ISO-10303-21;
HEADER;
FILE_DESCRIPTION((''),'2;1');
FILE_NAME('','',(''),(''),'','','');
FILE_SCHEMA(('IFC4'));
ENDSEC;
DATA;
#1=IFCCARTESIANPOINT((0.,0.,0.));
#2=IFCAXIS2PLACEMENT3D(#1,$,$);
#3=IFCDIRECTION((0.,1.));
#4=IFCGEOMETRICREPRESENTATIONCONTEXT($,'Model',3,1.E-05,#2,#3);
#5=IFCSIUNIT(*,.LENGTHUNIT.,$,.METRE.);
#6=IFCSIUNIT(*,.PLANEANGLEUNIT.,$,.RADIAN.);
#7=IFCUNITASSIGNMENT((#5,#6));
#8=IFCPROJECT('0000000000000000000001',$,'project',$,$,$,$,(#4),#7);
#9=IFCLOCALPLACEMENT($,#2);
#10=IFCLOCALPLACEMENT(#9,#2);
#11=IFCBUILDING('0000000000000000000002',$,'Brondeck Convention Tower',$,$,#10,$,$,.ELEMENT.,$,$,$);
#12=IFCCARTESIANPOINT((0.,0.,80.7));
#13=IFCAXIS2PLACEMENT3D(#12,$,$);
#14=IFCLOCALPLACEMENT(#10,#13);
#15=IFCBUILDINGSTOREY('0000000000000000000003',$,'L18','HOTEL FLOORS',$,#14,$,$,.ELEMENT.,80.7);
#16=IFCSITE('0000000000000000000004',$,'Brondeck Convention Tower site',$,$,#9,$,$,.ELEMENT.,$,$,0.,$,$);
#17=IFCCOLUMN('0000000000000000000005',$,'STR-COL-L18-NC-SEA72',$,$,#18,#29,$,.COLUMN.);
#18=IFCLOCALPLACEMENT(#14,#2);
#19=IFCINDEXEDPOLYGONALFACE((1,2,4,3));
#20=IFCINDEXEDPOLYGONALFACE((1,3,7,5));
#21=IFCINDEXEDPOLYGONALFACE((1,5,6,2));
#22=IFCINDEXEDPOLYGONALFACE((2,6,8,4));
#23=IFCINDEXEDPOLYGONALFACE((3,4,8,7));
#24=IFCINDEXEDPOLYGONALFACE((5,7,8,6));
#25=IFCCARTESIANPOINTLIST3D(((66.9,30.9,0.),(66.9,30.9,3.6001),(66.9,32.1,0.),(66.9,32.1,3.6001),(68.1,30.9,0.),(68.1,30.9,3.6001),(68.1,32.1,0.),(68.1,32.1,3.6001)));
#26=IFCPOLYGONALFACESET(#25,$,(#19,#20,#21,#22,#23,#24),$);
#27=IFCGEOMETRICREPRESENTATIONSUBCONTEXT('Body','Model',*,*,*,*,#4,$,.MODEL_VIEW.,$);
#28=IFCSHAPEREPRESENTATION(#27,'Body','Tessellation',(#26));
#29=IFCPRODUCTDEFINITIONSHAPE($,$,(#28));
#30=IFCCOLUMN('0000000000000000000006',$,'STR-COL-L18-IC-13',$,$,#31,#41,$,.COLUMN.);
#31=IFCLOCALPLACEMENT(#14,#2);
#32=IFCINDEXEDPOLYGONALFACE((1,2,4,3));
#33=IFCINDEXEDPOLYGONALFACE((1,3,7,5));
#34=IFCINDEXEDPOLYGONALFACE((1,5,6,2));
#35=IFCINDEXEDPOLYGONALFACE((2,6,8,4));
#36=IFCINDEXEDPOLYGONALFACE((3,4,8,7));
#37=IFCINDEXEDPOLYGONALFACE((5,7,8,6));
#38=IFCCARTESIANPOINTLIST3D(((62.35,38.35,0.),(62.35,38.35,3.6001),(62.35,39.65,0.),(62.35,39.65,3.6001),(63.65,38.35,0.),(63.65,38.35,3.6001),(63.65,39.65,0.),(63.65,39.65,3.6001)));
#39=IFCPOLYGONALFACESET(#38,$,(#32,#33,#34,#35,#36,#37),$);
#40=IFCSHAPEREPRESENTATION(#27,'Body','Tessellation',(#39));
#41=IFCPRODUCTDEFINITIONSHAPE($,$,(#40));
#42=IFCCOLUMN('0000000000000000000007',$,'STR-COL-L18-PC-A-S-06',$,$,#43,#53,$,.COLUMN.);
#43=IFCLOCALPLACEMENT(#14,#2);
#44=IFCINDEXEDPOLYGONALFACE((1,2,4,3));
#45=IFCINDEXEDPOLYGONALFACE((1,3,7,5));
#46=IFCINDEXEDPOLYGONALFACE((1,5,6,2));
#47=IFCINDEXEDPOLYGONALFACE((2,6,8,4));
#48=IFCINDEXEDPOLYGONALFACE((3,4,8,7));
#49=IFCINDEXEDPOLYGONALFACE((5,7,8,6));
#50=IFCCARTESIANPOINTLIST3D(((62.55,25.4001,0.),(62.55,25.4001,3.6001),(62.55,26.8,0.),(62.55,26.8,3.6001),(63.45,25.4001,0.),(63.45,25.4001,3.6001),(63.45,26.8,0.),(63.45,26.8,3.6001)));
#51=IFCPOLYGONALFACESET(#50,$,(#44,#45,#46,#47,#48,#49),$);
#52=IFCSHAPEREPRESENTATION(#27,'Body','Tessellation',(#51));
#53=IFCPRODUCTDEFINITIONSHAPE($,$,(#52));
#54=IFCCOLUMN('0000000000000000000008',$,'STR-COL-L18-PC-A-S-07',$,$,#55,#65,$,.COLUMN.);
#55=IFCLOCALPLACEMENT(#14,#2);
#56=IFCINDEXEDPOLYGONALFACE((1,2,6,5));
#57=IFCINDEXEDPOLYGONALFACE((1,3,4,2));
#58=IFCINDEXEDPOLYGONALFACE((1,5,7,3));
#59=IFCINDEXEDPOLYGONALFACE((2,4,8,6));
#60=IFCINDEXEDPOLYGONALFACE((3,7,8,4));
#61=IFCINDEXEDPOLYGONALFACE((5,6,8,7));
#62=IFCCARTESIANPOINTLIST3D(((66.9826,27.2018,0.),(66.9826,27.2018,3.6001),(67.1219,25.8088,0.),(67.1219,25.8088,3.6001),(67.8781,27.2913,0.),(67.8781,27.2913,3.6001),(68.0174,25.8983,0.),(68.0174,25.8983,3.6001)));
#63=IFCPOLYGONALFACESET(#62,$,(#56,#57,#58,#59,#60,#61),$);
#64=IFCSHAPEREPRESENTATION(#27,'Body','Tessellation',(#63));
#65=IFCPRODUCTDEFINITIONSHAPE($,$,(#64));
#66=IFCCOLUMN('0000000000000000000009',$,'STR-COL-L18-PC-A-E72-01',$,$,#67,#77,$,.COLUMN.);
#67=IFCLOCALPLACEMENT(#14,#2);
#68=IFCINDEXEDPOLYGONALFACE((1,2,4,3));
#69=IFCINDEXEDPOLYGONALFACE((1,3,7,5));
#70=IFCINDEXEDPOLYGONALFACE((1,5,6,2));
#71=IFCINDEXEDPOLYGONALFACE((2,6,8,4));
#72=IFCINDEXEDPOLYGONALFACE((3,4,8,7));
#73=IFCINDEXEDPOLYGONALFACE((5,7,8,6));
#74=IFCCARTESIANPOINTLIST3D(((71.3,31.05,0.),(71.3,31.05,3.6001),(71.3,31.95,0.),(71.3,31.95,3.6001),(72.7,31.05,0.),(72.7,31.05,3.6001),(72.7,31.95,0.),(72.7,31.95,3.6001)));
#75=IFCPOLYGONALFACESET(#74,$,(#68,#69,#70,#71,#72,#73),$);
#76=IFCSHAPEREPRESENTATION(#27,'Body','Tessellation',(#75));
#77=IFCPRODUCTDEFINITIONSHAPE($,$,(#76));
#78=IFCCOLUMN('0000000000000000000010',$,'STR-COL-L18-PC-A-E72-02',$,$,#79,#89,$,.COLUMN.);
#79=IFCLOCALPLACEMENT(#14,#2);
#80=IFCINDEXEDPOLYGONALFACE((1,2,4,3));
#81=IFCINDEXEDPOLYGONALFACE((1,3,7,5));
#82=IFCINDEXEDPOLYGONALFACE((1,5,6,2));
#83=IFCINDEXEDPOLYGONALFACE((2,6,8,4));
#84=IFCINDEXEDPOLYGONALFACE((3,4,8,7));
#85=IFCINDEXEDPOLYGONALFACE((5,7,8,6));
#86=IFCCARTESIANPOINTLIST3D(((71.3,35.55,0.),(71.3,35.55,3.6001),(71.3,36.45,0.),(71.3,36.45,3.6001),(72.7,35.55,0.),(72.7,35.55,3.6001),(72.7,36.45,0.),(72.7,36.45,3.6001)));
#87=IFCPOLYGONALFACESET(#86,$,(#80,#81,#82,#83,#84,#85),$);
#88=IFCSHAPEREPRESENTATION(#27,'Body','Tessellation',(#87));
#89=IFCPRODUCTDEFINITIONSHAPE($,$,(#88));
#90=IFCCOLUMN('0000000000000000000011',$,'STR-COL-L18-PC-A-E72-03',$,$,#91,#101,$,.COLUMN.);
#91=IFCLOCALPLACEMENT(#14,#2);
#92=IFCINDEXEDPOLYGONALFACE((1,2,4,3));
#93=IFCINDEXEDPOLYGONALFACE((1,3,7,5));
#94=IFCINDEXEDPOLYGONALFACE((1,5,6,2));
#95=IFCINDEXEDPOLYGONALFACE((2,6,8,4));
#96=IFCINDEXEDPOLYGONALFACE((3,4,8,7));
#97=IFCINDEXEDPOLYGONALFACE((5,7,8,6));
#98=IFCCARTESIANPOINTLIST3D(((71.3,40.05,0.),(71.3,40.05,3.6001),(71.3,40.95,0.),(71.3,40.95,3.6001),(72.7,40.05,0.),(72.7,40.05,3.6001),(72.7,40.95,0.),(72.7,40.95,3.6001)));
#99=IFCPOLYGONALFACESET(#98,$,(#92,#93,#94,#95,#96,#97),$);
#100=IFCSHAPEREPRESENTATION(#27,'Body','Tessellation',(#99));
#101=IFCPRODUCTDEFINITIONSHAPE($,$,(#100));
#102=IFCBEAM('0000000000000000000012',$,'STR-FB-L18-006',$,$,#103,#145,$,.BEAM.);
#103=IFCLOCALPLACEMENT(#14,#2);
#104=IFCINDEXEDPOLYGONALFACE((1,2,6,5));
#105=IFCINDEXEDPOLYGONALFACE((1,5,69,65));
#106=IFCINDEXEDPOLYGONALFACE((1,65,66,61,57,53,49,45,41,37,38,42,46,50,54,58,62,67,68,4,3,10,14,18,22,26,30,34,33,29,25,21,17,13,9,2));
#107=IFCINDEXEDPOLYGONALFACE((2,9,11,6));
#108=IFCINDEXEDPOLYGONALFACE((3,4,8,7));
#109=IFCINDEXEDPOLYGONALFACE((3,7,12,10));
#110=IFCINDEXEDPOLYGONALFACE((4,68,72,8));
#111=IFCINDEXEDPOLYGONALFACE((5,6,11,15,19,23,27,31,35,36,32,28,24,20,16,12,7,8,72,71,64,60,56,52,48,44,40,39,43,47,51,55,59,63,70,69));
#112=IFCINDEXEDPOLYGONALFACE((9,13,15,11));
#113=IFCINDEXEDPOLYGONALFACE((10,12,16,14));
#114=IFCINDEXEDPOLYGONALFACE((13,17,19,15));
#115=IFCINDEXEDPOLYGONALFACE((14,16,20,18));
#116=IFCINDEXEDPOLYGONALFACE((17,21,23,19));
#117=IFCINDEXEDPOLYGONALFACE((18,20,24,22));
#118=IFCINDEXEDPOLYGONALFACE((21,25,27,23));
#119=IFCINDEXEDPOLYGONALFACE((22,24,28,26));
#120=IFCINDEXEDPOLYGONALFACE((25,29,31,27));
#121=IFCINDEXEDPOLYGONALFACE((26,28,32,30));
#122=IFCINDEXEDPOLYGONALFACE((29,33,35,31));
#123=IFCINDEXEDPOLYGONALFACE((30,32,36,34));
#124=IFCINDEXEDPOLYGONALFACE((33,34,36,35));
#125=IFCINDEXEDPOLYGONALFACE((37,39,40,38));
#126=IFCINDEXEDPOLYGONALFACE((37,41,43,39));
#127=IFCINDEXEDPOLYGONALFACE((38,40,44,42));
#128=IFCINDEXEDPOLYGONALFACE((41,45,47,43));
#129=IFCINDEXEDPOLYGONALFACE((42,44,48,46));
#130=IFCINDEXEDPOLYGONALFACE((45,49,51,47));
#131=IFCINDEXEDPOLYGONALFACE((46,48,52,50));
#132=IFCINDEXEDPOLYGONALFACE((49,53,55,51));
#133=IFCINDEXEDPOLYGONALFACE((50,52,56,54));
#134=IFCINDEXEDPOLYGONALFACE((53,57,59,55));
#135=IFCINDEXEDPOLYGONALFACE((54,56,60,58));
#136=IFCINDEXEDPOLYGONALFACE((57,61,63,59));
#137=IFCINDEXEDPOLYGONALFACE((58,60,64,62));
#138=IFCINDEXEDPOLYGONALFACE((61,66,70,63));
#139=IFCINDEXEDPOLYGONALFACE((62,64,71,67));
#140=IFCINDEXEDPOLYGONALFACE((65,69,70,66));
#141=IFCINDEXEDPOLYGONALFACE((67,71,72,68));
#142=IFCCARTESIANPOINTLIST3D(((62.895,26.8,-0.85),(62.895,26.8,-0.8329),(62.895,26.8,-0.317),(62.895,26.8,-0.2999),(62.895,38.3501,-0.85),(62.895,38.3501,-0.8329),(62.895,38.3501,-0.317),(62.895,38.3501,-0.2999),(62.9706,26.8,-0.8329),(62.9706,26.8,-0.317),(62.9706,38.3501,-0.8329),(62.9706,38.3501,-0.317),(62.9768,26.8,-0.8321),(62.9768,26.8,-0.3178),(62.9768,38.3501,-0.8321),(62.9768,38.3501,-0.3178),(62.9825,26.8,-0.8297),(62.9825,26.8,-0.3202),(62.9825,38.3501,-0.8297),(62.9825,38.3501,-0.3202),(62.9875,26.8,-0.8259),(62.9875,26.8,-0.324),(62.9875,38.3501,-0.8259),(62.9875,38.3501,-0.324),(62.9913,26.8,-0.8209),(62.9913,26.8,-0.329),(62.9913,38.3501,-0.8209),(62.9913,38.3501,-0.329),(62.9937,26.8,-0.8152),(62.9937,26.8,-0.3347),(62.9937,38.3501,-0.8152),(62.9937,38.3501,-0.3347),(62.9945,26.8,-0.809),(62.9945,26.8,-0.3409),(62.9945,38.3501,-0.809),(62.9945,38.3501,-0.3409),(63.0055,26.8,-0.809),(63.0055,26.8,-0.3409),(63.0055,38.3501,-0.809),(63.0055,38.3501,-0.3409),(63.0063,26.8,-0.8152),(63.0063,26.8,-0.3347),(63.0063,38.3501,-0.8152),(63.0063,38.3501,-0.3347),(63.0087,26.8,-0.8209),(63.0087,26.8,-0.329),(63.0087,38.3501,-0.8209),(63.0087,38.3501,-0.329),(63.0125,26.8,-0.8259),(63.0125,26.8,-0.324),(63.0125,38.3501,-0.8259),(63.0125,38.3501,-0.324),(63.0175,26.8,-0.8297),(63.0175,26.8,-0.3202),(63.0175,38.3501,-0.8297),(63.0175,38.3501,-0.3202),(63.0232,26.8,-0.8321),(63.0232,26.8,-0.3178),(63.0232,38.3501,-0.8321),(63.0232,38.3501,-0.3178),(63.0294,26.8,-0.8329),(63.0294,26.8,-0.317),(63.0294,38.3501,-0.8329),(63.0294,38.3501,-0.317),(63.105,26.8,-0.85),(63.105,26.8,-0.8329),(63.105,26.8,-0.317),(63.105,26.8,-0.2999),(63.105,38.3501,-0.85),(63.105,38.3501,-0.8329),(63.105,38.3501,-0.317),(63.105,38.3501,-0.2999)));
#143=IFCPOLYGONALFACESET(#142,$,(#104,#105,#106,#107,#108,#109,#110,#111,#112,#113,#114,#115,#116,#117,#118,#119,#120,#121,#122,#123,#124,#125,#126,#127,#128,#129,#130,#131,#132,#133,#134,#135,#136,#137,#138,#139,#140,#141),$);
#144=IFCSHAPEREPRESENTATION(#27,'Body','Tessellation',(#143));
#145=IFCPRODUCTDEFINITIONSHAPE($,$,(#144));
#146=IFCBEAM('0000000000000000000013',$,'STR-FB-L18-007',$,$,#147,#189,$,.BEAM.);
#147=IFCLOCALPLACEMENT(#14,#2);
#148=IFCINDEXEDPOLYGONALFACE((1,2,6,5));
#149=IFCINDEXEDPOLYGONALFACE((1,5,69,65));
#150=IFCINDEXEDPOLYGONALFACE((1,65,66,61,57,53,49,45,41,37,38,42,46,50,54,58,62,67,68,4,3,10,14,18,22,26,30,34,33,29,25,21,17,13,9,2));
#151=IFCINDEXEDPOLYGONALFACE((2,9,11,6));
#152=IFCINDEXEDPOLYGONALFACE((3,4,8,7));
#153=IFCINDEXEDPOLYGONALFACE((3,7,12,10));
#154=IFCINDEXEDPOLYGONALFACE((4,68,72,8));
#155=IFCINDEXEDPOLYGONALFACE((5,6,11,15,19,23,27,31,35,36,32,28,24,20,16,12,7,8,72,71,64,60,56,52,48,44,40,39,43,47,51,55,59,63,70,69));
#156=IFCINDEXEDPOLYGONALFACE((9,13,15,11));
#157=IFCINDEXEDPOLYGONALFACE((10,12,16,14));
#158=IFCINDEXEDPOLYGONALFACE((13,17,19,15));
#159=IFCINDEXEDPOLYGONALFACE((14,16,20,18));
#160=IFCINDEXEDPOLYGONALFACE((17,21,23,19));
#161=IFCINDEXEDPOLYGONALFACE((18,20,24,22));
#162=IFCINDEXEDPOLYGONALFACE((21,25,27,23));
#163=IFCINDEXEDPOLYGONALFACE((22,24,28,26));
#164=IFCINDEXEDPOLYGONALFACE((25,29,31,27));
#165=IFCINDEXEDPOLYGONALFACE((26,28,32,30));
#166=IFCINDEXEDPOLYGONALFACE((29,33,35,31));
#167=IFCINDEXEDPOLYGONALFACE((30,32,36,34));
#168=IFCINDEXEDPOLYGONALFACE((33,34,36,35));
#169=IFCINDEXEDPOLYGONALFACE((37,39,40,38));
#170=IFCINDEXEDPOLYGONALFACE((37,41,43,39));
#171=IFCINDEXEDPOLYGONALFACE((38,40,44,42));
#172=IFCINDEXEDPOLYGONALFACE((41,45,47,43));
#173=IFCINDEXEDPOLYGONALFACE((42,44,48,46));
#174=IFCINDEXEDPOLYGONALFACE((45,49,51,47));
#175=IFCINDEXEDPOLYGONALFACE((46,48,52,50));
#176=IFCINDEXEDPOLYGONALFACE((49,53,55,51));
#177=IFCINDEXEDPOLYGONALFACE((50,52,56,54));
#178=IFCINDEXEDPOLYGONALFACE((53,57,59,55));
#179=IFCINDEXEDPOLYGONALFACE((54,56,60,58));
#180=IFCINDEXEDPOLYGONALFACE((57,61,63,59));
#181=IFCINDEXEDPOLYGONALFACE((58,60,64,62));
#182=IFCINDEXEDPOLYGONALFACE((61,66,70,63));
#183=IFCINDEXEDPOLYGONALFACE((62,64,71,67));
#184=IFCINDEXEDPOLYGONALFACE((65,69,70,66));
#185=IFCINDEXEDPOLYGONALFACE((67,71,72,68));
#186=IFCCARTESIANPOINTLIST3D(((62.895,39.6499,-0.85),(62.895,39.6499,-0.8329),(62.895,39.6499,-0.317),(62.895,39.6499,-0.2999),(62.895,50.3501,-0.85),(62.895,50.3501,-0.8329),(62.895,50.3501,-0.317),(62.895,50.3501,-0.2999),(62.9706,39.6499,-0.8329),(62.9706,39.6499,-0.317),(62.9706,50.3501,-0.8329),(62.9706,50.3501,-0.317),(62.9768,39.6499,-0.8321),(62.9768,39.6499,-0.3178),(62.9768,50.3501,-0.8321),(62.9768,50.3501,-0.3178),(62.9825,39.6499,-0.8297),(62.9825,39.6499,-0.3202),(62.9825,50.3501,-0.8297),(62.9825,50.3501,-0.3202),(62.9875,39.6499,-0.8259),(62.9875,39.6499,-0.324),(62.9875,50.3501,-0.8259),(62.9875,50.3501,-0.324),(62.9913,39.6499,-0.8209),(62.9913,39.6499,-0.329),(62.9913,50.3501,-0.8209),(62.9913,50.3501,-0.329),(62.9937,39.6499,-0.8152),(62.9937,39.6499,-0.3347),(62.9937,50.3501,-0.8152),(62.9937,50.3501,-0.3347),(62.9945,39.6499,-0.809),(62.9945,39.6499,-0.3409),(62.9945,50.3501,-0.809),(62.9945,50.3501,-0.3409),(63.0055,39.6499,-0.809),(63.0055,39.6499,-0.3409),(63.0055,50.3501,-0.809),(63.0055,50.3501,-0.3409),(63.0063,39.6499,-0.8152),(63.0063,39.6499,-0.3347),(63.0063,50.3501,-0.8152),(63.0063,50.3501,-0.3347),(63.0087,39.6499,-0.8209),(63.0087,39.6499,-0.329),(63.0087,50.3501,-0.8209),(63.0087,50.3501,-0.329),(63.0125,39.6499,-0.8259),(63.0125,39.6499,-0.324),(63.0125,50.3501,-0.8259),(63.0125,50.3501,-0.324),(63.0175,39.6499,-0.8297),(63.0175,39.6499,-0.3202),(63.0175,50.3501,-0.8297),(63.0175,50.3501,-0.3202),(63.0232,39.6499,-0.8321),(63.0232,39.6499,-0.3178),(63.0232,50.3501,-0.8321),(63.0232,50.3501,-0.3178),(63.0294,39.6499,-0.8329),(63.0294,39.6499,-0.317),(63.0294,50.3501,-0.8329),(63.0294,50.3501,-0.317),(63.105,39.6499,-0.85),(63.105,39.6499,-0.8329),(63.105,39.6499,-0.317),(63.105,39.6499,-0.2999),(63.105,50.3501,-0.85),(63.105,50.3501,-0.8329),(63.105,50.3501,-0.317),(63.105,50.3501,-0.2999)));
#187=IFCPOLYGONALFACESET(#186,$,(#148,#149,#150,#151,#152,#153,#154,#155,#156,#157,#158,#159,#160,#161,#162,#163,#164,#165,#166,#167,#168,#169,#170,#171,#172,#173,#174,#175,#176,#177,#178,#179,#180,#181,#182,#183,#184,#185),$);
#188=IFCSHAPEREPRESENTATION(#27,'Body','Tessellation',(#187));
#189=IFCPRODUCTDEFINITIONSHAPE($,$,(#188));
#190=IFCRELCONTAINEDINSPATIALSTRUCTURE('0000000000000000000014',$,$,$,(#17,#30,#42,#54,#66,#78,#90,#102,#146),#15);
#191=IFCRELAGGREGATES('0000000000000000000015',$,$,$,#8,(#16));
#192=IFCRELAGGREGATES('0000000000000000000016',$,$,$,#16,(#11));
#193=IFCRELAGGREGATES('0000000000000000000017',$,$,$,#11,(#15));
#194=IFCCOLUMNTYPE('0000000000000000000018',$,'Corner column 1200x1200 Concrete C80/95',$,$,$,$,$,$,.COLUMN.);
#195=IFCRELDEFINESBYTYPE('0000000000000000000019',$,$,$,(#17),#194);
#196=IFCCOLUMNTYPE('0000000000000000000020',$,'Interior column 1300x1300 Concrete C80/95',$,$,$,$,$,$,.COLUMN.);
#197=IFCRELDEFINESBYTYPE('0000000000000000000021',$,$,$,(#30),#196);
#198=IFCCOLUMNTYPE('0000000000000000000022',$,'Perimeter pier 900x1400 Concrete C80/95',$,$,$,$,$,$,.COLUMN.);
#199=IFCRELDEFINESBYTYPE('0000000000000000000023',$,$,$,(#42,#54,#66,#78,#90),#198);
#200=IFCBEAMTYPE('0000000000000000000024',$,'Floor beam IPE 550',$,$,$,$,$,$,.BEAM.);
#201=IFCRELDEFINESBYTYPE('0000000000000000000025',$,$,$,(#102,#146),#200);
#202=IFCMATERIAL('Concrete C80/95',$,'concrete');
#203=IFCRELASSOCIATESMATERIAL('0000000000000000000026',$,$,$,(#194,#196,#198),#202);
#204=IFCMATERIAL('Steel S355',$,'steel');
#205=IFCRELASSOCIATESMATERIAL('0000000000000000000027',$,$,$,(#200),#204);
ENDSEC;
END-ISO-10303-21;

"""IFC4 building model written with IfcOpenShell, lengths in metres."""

from ifc_helpers import new_model, si_unit, direction, frame, origin, origin_2d, place, context, subcontext, project, spatial, rectangle, i_section, extrude, material, material_profile, profile_set, type_object, element, save


model = new_model("IFC4")

# Units and contexts
model_context = context("Model", 3, precision=1e-05, world=origin(), true_north=direction((0.0, 1.0)))
body_context = subcontext(model_context, "Body", "Model", "MODEL_VIEW")
ifc_project = project(units=[si_unit("LENGTHUNIT", "METRE"), si_unit("PLANEANGLEUNIT", "RADIAN")], contexts=[model_context])

# Site, building, storey
site_placement = place(None, origin())
site = spatial("IfcSite", under=ifc_project, at=site_placement, Name="Brondeck Convention Tower site", CompositionType="ELEMENT", RefElevation=0.0)
building_placement = place(site_placement, origin())
building = spatial("IfcBuilding", under=site, at=building_placement, Name="Brondeck Convention Tower", CompositionType="ELEMENT")
storey_placement = place(building_placement, frame((0.0, 0.0, 80.7)))
storey = spatial("IfcBuildingStorey", under=building, at=storey_placement, Name="L18", Description="HOTEL FLOORS", CompositionType="ELEMENT", Elevation=80.7)

# Columns
ifc_material_1 = material(Name="Concrete C80/95", Category="concrete")
ifc_material_profile_1 = material_profile(ifc_material_1, rectangle(XDim=1.2, YDim=1.2, at=origin_2d()), Name="Corner column 1200x1200 Concrete C80/95")
ifc_profile_set_1 = profile_set([ifc_material_profile_1], Name="Concrete C80/95")
column_type_1 = type_object("IfcColumnType", Name="Corner column 1200x1200 Concrete C80/95", PredefinedType="COLUMN", material=ifc_profile_set_1)
column_1_placement = place(storey_placement, frame((67.5, 31.5, 0.0), z_axis=(0.0, 0.0, 1.0), x_axis=(1.0, 0.0, 0.0)))
element("IfcColumn", 1, at=column_1_placement, inside=storey, type_object=column_type_1, Name="STR-COL-L18-NC-SEA72", PredefinedType="COLUMN", context=body_context, shape_type="SweptSolid", body=[
    extrude(rectangle(XDim=1.2, YDim=1.2, at=origin_2d()), origin(), (0.0, 0.0, 1.0), 3.6001),
])
ifc_material_profile_2 = material_profile(ifc_material_1, rectangle(XDim=1.3, YDim=1.3, at=origin_2d()), Name="Interior column 1300x1300 Concrete C80/95")
ifc_profile_set_2 = profile_set([ifc_material_profile_2], Name="Concrete C80/95")
column_type_2 = type_object("IfcColumnType", Name="Interior column 1300x1300 Concrete C80/95", PredefinedType="COLUMN", material=ifc_profile_set_2)
column_2_placement = place(storey_placement, frame((63.0, 39.0, 0.0), z_axis=(0.0, 0.0, 1.0), x_axis=(1.0, 0.0, 0.0)))
element("IfcColumn", 2, at=column_2_placement, inside=storey, type_object=column_type_2, Name="STR-COL-L18-IC-13", PredefinedType="COLUMN", context=body_context, shape_type="SweptSolid", body=[
    extrude(rectangle(XDim=1.3, YDim=1.3, at=origin_2d()), origin(), (0.0, 0.0, 1.0), 3.6001),
])
ifc_material_profile_3 = material_profile(ifc_material_1, rectangle(XDim=0.8999, YDim=1.3999, at=origin_2d()), Name="Perimeter pier 900x1400 Concrete C80/95")
ifc_profile_set_3 = profile_set([ifc_material_profile_3], Name="Concrete C80/95")
column_type_3 = type_object("IfcColumnType", Name="Perimeter pier 900x1400 Concrete C80/95", PredefinedType="COLUMN", material=ifc_profile_set_3)
for number, where, z_axis, x_axis, name in (
    (3, (63.0, 26.1001, 0.0), (0.0, 0.0, 1.0), (1.0, 0.0, 0.0), "STR-COL-L18-PC-A-S-06"),
    (4, (67.5, 26.55, 0.0), (0.0, 0.0, 1.0), (0.995037, 0.099504, 0.0), "STR-COL-L18-PC-A-S-07"),
    (5, (72.0, 31.5, 0.0), (0.0, 0.0, 1.0), (0.0, 1.0, 0.0), "STR-COL-L18-PC-A-E72-01"),
    (6, (72.0, 36.0, 0.0), (0.0, 0.0, 1.0), (0.0, 1.0, 0.0), "STR-COL-L18-PC-A-E72-02"),
    (7, (72.0, 40.5, 0.0), (0.0, 0.0, 1.0), (0.0, 1.0, 0.0), "STR-COL-L18-PC-A-E72-03"),
):
    element("IfcColumn", number, at=place(storey_placement, frame(where, z_axis=z_axis, x_axis=x_axis)), inside=storey, type_object=column_type_3, Name=name, PredefinedType="COLUMN", context=body_context, shape_type="SweptSolid", body=[
        extrude(rectangle(XDim=0.8999, YDim=1.3999, at=origin_2d()), origin(), (0.0, 0.0, 1.0), 3.6001),
    ])

# Beams
ifc_material_2 = material(Name="Steel S355", Category="steel")
ifc_material_profile_4 = material_profile(ifc_material_2, i_section(OverallWidth=0.21, OverallDepth=0.55, WebThickness=0.011, FlangeThickness=0.0171, FilletRadius=0.0239, at=origin_2d()), Name="IPE 550")
ifc_profile_set_4 = profile_set([ifc_material_profile_4], Name="Steel S355")
beam_type_1 = type_object("IfcBeamType", Name="Floor beam IPE 550", PredefinedType="BEAM", material=ifc_profile_set_4)
beam_1_placement = place(storey_placement, frame((63.0, 26.8, -0.575), z_axis=(0.0, 1.0, 0.0), x_axis=(-1.0, 0.0, 0.0)))
element("IfcBeam", 8, at=beam_1_placement, inside=storey, type_object=beam_type_1, Name="STR-FB-L18-006", PredefinedType="BEAM", context=body_context, shape_type="SweptSolid", body=[
    extrude(i_section(OverallWidth=0.21, OverallDepth=0.55, WebThickness=0.011, FlangeThickness=0.0171, FilletRadius=0.0239, at=origin_2d()), origin(), (0.0, 0.0, 1.0), 11.55),
])
beam_2_placement = place(storey_placement, frame((63.0, 39.6499, -0.575), z_axis=(0.0, 1.0, 0.0), x_axis=(-1.0, 0.0, 0.0)))
element("IfcBeam", 9, at=beam_2_placement, inside=storey, type_object=beam_type_1, Name="STR-FB-L18-007", PredefinedType="BEAM", context=body_context, shape_type="SweptSolid", body=[
    extrude(i_section(OverallWidth=0.21, OverallDepth=0.55, WebThickness=0.011, FlangeThickness=0.0171, FilletRadius=0.0239, at=origin_2d()), origin(), (0.0, 0.0, 1.0), 10.7002),
])

save(model, "model.ifc")
